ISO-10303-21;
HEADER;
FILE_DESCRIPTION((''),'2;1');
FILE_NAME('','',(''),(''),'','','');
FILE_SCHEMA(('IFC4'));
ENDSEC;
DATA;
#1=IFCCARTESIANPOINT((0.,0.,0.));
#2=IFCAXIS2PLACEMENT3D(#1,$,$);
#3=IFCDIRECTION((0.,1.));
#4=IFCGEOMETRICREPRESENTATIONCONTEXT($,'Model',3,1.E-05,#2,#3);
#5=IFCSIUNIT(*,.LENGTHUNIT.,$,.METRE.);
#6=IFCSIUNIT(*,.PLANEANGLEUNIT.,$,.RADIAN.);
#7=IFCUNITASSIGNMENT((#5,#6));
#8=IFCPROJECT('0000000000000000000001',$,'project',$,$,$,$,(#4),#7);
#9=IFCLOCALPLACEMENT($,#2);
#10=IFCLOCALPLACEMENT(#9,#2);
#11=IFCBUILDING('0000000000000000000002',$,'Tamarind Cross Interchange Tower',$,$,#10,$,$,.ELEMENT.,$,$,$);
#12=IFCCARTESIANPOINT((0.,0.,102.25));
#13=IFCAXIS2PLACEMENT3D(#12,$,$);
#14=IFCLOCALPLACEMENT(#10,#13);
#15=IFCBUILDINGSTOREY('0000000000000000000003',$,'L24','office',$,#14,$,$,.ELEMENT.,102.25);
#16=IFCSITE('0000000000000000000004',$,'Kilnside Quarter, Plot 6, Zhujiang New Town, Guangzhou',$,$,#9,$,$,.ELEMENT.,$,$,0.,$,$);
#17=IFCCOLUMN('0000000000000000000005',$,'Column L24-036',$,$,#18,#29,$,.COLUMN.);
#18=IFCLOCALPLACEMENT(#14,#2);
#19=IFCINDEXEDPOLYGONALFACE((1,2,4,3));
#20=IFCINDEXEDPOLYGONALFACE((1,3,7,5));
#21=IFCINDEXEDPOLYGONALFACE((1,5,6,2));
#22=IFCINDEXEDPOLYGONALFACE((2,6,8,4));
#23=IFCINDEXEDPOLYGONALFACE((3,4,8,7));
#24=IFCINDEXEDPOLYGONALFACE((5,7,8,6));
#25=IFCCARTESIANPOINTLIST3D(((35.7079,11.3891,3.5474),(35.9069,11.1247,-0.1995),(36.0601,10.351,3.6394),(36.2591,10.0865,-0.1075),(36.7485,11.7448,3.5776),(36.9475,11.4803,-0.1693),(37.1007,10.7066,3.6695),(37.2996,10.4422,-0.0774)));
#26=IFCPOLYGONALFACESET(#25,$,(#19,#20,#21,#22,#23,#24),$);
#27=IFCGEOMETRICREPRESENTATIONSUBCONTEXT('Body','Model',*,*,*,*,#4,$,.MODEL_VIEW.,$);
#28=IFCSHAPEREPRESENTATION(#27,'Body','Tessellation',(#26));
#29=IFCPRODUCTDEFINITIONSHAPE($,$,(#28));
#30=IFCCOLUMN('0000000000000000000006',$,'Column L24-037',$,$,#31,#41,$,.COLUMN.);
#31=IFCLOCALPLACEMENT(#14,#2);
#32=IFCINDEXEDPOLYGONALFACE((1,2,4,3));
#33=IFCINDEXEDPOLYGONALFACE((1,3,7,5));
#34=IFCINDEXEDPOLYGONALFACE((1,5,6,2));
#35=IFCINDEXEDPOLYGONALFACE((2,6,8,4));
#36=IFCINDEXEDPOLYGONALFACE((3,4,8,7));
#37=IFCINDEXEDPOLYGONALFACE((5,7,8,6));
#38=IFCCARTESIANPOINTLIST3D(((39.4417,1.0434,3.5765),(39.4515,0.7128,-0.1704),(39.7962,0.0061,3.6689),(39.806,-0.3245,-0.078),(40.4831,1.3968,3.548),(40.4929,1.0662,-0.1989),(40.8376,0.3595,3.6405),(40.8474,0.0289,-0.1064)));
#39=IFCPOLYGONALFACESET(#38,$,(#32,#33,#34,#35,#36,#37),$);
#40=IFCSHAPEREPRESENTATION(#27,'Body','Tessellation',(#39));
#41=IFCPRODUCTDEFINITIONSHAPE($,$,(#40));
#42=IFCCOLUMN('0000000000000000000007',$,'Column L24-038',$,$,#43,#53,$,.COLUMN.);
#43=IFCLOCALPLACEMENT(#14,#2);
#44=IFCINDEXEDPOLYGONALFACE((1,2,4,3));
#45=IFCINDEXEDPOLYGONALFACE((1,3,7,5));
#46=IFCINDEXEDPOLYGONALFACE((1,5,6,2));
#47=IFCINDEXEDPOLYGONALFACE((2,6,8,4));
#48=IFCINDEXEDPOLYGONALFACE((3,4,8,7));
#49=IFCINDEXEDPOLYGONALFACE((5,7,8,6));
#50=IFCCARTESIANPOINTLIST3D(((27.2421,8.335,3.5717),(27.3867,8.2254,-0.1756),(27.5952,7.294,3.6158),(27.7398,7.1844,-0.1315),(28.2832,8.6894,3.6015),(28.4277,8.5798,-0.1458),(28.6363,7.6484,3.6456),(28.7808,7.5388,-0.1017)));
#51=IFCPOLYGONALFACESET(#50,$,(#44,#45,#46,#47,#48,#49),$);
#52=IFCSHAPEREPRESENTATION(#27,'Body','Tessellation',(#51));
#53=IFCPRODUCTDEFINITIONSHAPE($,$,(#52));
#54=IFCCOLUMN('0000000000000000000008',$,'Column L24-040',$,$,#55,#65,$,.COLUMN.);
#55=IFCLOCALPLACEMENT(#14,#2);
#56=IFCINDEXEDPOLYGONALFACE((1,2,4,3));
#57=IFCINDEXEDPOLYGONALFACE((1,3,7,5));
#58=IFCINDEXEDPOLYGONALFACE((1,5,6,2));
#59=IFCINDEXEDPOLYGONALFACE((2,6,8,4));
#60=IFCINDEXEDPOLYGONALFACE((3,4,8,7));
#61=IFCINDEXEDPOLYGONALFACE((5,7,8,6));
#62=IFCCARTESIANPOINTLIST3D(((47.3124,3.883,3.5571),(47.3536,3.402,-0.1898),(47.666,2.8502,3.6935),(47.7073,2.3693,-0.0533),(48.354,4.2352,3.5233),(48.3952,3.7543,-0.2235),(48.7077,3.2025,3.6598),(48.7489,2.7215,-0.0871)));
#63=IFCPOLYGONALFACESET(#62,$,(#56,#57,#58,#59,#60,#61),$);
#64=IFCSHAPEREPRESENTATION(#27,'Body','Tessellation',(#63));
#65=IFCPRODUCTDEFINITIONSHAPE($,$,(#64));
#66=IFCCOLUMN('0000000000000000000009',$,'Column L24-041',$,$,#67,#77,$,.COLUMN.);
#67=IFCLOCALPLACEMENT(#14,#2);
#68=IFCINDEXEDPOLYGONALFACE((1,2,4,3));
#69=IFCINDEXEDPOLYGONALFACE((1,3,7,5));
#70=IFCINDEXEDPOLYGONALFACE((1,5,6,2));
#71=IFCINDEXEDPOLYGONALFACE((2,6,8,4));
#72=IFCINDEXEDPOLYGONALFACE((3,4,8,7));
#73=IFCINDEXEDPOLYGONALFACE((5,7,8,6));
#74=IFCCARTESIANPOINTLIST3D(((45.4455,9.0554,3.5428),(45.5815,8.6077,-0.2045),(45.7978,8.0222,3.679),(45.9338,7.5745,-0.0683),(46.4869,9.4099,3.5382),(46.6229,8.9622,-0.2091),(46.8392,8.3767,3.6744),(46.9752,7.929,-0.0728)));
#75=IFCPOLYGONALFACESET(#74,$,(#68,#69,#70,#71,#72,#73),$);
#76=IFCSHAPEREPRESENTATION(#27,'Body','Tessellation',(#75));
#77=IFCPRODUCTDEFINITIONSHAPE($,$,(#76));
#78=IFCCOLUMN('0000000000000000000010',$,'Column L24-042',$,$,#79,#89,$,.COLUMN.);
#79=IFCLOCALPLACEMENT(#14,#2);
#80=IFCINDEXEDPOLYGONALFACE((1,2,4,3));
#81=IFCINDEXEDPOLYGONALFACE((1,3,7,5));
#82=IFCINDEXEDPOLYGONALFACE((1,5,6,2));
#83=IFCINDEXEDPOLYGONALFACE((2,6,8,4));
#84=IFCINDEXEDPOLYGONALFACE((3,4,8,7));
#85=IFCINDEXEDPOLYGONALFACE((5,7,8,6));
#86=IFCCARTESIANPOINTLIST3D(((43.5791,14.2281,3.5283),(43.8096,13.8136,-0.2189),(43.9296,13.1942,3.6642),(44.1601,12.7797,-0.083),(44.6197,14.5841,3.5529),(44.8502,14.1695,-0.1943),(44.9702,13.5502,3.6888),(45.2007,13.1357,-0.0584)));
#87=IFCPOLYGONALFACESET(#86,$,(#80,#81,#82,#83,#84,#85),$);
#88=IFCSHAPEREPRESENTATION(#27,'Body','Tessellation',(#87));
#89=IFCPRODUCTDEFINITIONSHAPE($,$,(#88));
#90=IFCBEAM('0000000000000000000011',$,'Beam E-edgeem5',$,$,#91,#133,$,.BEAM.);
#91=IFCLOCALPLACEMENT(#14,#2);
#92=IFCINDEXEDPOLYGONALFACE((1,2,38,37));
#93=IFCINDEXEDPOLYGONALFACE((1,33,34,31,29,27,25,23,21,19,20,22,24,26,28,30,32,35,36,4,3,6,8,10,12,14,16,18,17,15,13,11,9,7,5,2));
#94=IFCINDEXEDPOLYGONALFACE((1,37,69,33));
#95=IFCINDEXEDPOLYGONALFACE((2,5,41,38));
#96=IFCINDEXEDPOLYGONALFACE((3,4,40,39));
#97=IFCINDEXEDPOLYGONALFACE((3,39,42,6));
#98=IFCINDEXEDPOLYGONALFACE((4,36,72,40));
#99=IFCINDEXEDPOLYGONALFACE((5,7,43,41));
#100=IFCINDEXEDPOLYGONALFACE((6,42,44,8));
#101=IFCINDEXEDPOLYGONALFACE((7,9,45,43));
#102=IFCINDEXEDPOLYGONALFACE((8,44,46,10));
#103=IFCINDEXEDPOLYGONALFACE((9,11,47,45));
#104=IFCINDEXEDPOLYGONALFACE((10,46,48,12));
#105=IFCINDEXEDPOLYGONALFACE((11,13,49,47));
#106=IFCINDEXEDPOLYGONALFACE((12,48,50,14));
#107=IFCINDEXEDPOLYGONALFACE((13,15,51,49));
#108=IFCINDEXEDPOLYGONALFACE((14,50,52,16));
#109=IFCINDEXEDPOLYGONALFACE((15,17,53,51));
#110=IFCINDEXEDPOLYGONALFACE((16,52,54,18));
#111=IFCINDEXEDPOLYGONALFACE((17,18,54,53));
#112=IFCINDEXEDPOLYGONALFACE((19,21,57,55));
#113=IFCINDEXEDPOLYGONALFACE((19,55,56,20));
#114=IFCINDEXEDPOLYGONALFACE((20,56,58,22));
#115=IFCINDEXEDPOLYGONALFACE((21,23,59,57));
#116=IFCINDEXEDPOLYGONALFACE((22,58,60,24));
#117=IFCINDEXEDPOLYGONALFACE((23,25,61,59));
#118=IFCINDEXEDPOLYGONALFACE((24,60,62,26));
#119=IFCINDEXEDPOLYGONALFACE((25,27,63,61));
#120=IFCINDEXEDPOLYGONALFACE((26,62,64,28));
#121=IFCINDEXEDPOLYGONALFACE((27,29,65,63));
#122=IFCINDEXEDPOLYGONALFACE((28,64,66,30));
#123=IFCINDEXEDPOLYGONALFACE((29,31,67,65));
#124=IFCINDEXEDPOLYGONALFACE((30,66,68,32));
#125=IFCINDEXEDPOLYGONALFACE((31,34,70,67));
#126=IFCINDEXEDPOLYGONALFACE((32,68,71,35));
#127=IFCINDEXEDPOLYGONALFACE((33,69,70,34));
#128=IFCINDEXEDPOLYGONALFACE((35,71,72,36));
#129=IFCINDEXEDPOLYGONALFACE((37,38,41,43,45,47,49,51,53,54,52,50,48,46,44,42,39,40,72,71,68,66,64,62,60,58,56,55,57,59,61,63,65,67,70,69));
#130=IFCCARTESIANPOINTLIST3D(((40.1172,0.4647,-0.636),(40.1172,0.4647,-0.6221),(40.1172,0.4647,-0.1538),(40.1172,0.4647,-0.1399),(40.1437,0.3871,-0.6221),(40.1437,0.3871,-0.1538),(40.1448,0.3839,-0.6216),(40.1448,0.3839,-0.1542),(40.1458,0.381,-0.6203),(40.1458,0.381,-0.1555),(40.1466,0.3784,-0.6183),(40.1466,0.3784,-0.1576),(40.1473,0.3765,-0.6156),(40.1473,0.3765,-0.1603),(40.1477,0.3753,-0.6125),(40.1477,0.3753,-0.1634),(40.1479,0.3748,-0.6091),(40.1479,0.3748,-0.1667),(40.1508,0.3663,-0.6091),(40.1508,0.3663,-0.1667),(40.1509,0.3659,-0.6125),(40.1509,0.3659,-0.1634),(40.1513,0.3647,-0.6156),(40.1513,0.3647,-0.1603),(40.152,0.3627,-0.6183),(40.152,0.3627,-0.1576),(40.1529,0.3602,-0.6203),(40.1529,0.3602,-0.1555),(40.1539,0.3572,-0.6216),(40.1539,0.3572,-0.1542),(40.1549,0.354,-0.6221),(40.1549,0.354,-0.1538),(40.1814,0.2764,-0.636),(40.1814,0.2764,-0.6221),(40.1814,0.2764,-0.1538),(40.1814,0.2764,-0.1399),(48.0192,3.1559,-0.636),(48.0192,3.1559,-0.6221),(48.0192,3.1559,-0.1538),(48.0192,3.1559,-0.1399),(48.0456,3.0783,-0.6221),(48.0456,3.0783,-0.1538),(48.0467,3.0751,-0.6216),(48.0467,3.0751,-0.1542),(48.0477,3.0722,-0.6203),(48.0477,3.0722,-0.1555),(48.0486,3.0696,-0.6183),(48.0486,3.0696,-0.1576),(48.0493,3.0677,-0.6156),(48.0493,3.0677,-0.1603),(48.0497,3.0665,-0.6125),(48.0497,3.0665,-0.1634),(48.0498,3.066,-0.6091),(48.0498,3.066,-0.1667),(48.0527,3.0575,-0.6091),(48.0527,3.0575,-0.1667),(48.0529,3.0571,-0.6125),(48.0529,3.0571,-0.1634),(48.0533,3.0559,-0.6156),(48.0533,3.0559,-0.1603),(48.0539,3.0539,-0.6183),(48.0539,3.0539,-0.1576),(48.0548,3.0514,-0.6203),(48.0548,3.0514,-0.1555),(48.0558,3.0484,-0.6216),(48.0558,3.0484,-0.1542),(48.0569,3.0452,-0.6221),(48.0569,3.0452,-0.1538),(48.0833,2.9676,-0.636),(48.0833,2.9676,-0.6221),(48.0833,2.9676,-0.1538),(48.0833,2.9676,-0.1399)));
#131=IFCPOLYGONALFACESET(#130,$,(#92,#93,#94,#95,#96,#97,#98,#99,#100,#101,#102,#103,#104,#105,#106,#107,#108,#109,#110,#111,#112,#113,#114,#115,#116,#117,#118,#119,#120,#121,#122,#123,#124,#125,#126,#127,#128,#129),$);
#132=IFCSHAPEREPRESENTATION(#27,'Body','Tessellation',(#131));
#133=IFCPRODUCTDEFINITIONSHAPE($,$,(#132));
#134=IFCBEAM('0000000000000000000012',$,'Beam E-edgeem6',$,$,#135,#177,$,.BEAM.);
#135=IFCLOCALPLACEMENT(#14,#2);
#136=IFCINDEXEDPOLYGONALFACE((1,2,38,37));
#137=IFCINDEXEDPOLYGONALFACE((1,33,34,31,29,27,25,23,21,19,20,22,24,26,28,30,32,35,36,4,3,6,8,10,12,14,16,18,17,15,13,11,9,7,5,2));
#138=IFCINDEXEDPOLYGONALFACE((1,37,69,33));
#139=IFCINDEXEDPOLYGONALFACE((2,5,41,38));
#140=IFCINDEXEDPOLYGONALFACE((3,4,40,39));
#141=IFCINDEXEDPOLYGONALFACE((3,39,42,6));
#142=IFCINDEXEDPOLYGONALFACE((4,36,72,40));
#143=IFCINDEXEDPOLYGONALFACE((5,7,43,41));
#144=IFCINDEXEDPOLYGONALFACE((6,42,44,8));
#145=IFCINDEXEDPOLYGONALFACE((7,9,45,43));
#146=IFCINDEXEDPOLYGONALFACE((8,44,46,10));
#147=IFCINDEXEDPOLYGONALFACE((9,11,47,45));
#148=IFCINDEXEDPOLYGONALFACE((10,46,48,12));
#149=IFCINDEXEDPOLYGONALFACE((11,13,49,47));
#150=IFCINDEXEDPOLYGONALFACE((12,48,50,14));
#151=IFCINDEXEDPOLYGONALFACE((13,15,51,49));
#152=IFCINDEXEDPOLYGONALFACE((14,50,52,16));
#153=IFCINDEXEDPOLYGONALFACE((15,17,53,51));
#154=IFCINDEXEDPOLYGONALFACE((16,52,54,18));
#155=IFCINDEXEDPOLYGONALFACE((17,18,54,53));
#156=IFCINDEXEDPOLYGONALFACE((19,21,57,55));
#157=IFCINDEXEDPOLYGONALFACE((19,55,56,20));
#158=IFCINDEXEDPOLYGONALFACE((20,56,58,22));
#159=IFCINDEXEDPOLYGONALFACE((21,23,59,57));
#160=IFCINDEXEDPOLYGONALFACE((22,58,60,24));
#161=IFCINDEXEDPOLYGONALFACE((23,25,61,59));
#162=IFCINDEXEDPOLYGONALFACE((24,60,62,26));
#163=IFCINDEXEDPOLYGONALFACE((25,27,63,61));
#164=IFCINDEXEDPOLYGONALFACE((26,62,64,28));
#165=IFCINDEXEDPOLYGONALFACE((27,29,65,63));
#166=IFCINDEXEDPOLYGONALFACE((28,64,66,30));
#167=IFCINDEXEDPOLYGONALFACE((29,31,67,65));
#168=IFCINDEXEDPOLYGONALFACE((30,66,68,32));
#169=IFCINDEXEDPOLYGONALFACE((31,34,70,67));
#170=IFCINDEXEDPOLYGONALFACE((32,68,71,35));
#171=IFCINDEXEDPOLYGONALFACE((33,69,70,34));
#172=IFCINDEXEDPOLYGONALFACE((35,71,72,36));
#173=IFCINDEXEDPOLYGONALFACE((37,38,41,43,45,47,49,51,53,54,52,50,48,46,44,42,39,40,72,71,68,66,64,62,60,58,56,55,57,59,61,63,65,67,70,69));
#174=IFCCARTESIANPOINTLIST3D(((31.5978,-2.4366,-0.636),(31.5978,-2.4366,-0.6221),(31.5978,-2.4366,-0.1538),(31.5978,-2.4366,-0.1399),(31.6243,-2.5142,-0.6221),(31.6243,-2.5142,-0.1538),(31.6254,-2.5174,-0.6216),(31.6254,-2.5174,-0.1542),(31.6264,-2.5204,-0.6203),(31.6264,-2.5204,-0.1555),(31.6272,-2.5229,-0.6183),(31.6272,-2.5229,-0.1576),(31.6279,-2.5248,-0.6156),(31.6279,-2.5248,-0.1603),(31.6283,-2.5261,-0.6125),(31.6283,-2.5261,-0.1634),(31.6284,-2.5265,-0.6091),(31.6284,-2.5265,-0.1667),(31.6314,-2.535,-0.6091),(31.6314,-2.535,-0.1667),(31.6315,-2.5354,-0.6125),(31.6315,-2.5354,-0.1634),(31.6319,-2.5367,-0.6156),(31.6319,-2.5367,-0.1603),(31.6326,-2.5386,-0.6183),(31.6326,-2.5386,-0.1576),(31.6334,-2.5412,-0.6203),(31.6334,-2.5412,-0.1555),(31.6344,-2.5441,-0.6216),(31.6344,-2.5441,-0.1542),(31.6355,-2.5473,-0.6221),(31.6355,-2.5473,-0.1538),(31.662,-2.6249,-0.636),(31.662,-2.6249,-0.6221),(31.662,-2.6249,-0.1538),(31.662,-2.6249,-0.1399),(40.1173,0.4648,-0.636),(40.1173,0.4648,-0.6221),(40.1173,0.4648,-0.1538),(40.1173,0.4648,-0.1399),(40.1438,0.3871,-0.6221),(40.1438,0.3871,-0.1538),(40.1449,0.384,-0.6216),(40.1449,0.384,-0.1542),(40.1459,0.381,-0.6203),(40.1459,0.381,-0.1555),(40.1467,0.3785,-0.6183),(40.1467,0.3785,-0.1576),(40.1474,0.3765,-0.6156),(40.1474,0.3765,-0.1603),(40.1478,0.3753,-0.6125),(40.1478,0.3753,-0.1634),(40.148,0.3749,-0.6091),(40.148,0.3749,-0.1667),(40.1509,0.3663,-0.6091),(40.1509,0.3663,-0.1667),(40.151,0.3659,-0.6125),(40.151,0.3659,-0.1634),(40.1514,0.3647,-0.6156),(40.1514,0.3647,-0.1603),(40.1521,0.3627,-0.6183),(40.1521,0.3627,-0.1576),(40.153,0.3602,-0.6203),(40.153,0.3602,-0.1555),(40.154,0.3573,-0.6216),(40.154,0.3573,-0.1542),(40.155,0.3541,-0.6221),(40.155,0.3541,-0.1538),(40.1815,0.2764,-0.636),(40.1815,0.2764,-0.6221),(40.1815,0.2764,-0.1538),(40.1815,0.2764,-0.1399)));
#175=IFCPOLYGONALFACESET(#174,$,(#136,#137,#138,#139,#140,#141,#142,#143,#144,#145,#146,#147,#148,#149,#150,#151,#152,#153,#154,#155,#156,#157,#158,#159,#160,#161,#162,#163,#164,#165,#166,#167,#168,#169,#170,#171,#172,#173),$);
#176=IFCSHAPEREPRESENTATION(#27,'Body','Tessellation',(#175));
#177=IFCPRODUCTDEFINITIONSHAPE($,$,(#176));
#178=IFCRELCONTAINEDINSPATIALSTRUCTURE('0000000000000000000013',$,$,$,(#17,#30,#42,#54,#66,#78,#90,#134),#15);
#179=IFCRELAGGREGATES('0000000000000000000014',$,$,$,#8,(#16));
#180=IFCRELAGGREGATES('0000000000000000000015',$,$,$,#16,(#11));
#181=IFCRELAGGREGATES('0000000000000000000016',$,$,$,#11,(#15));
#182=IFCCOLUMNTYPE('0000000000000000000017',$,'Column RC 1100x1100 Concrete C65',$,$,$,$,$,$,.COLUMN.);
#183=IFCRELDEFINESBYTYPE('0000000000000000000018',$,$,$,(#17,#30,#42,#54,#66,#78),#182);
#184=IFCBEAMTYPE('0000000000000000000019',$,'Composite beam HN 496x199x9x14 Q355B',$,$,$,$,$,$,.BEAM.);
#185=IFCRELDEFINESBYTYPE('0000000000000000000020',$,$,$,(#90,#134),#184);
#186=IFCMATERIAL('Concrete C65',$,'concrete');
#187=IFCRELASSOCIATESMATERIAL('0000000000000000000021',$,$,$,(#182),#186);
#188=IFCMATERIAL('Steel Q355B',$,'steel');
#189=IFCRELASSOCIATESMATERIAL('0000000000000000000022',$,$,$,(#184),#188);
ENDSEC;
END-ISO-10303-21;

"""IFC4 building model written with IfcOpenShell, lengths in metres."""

from ifc_helpers import new_model, si_unit, direction, frame, origin, origin_2d, place, context, subcontext, project, spatial, rectangle, i_section, extrude, material, material_profile, profile_set, type_object, element, save


model = new_model("IFC4")

# Units and contexts
model_context = context("Model", 3, precision=1e-05, world=origin(), true_north=direction((0.0, 1.0)))
body_context = subcontext(model_context, "Body", "Model", "MODEL_VIEW")
ifc_project = project(units=[si_unit("LENGTHUNIT", "METRE"), si_unit("PLANEANGLEUNIT", "RADIAN")], contexts=[model_context])

# Site, building, storey
site_placement = place(None, origin())
site = spatial("IfcSite", under=ifc_project, at=site_placement, Name="Kilnside Quarter, Plot 6, Zhujiang New Town, Guangzhou", CompositionType="ELEMENT", RefElevation=0.0)
building_placement = place(site_placement, origin())
building = spatial("IfcBuilding", under=site, at=building_placement, Name="Tamarind Cross Interchange Tower", CompositionType="ELEMENT")
storey_placement = place(building_placement, frame((0.0, 0.0, 102.25)))
storey = spatial("IfcBuildingStorey", under=building, at=storey_placement, Name="L24", Description="office", CompositionType="ELEMENT", Elevation=102.25)

# Columns
ifc_material_1 = material(Name="Concrete C65", Category="concrete")
ifc_material_profile_1 = material_profile(ifc_material_1, rectangle(XDim=1.1001, YDim=1.1001, at=origin_2d()), Name="RC 1100x1100")
ifc_profile_set_1 = profile_set([ifc_material_profile_1], Name="Concrete C65")
column_type = type_object("IfcColumnType", Name="Column RC 1100x1100 Concrete C65", PredefinedType="COLUMN", material=ifc_profile_set_1)
for number, where, z_axis, x_axis, name in (
    (1, (36.6033, 10.7834, -0.1384), (-0.052899, 0.070294, 0.996123), (0.320117, -0.943683, 0.083593), "Column L24-036"),
    (2, (40.1494, 0.3708, -0.1384), (-0.002596, 0.087884, 0.996127), (-0.946648, -0.321229, 0.025873), "Column L24-037"),
):
    element("IfcColumn", number, at=place(storey_placement, frame(where, z_axis=z_axis, x_axis=x_axis)), inside=storey, type_object=column_type, Name=name, PredefinedType="COLUMN", context=body_context, shape_type="SweptSolid", body=[
        extrude(rectangle(XDim=1.1001, YDim=1.1001, at=origin_2d()), origin(), (0.0, 0.0, 1.0), 3.7615),
    ])
column_1_placement = place(storey_placement, frame((28.0837, 7.8821, -0.1387), z_axis=(-0.038524, 0.029219, 0.99883), x_axis=(0.320978, -0.946239, 0.04006)))
element("IfcColumn", 3, at=column_1_placement, inside=storey, type_object=column_type, Name="Column L24-038", PredefinedType="COLUMN", context=body_context, shape_type="SweptSolid", body=[
    extrude(rectangle(XDim=1.1001, YDim=1.1001, at=origin_2d()), origin(), (0.0, 0.0, 1.0), 3.7517),
])
column_2_placement = place(storey_placement, frame((48.0513, 3.0618, -0.1384), z_axis=(-0.010922, 0.127312, 0.991803), x_axis=(-0.946849, -0.320213, 0.030677)))
element("IfcColumn", 4, at=column_2_placement, inside=storey, type_object=column_type, Name="Column L24-040", PredefinedType="COLUMN", context=body_context, shape_type="SweptSolid", body=[
    extrude(rectangle(XDim=1.1001, YDim=1.1001, at=origin_2d()), origin(), (0.0, 0.0, 1.0), 3.7778),
])
column_3_placement = place(storey_placement, frame((46.2783, 8.2683, -0.1387), z_axis=(-0.036009, 0.118566, 0.992293), x_axis=(-0.946648, -0.322244, 0.004151)))
element("IfcColumn", 5, at=column_3_placement, inside=storey, type_object=column_type, Name="Column L24-041", PredefinedType="COLUMN", context=body_context, shape_type="SweptSolid", body=[
    extrude(rectangle(XDim=1.1001, YDim=1.1001, at=origin_2d()), origin(), (0.0, 0.0, 1.0), 3.7764),
])
column_4_placement = place(storey_placement, frame((44.5051, 13.4746, -0.1387), z_axis=(-0.061016, 0.10975, 0.992085), x_axis=(0.318579, -0.939809, 0.123561)))
element("IfcColumn", 6, at=column_4_placement, inside=storey, type_object=column_type, Name="Column L24-042", PredefinedType="COLUMN", context=body_context, shape_type="SweptSolid", body=[
    extrude(rectangle(XDim=1.1001, YDim=1.1001, at=origin_2d()), origin(), (0.0, 0.0, 1.0), 3.7771),
])

# Beams
ifc_material_2 = material(Name="Steel Q355B", Category="steel")
ifc_material_profile_2 = material_profile(ifc_material_2, i_section(OverallWidth=0.199, OverallDepth=0.4961, WebThickness=0.009, FlangeThickness=0.0139, FilletRadius=0.0129, at=origin_2d()), Name="HN 496x199x9x14")
ifc_profile_set_2 = profile_set([ifc_material_profile_2], Name="Steel Q355B")
beam_type_1 = type_object("IfcBeamType", Name="Composite beam HN 496x199x9x14 Q355B", PredefinedType="BEAM", material=ifc_profile_set_2)
beam_1_placement = place(storey_placement, frame((48.0513, 3.0618, -0.3879), z_axis=(-0.946607, -0.322389, 0.0), x_axis=(0.322389, -0.946607, 0.0)))
element("IfcBeam", 7, at=beam_1_placement, inside=storey, type_object=beam_type_1, Name="Beam E-edgeem5", PredefinedType="BEAM", context=body_context, shape_type="SweptSolid", body=[
    extrude(i_section(OverallWidth=0.199, OverallDepth=0.4961, WebThickness=0.009, FlangeThickness=0.0139, FilletRadius=0.0129, at=origin_2d()), origin(), (0.0, 0.0, 1.0), 8.3477),
])
beam_2_placement = place(storey_placement, frame((40.1494, 0.3706, -0.3879), z_axis=(-0.946613, -0.322373, 0.0), x_axis=(0.322373, -0.946613, 0.0)))
element("IfcBeam", 8, at=beam_2_placement, inside=storey, type_object=beam_type_1, Name="Beam E-edgeem6", PredefinedType="BEAM", context=body_context, shape_type="SweptSolid", body=[
    extrude(i_section(OverallWidth=0.199, OverallDepth=0.4961, WebThickness=0.009, FlangeThickness=0.0139, FilletRadius=0.0129, at=origin_2d()), origin(), (0.0, 0.0, 1.0), 9.0),
])

save(model, "model.ifc")
